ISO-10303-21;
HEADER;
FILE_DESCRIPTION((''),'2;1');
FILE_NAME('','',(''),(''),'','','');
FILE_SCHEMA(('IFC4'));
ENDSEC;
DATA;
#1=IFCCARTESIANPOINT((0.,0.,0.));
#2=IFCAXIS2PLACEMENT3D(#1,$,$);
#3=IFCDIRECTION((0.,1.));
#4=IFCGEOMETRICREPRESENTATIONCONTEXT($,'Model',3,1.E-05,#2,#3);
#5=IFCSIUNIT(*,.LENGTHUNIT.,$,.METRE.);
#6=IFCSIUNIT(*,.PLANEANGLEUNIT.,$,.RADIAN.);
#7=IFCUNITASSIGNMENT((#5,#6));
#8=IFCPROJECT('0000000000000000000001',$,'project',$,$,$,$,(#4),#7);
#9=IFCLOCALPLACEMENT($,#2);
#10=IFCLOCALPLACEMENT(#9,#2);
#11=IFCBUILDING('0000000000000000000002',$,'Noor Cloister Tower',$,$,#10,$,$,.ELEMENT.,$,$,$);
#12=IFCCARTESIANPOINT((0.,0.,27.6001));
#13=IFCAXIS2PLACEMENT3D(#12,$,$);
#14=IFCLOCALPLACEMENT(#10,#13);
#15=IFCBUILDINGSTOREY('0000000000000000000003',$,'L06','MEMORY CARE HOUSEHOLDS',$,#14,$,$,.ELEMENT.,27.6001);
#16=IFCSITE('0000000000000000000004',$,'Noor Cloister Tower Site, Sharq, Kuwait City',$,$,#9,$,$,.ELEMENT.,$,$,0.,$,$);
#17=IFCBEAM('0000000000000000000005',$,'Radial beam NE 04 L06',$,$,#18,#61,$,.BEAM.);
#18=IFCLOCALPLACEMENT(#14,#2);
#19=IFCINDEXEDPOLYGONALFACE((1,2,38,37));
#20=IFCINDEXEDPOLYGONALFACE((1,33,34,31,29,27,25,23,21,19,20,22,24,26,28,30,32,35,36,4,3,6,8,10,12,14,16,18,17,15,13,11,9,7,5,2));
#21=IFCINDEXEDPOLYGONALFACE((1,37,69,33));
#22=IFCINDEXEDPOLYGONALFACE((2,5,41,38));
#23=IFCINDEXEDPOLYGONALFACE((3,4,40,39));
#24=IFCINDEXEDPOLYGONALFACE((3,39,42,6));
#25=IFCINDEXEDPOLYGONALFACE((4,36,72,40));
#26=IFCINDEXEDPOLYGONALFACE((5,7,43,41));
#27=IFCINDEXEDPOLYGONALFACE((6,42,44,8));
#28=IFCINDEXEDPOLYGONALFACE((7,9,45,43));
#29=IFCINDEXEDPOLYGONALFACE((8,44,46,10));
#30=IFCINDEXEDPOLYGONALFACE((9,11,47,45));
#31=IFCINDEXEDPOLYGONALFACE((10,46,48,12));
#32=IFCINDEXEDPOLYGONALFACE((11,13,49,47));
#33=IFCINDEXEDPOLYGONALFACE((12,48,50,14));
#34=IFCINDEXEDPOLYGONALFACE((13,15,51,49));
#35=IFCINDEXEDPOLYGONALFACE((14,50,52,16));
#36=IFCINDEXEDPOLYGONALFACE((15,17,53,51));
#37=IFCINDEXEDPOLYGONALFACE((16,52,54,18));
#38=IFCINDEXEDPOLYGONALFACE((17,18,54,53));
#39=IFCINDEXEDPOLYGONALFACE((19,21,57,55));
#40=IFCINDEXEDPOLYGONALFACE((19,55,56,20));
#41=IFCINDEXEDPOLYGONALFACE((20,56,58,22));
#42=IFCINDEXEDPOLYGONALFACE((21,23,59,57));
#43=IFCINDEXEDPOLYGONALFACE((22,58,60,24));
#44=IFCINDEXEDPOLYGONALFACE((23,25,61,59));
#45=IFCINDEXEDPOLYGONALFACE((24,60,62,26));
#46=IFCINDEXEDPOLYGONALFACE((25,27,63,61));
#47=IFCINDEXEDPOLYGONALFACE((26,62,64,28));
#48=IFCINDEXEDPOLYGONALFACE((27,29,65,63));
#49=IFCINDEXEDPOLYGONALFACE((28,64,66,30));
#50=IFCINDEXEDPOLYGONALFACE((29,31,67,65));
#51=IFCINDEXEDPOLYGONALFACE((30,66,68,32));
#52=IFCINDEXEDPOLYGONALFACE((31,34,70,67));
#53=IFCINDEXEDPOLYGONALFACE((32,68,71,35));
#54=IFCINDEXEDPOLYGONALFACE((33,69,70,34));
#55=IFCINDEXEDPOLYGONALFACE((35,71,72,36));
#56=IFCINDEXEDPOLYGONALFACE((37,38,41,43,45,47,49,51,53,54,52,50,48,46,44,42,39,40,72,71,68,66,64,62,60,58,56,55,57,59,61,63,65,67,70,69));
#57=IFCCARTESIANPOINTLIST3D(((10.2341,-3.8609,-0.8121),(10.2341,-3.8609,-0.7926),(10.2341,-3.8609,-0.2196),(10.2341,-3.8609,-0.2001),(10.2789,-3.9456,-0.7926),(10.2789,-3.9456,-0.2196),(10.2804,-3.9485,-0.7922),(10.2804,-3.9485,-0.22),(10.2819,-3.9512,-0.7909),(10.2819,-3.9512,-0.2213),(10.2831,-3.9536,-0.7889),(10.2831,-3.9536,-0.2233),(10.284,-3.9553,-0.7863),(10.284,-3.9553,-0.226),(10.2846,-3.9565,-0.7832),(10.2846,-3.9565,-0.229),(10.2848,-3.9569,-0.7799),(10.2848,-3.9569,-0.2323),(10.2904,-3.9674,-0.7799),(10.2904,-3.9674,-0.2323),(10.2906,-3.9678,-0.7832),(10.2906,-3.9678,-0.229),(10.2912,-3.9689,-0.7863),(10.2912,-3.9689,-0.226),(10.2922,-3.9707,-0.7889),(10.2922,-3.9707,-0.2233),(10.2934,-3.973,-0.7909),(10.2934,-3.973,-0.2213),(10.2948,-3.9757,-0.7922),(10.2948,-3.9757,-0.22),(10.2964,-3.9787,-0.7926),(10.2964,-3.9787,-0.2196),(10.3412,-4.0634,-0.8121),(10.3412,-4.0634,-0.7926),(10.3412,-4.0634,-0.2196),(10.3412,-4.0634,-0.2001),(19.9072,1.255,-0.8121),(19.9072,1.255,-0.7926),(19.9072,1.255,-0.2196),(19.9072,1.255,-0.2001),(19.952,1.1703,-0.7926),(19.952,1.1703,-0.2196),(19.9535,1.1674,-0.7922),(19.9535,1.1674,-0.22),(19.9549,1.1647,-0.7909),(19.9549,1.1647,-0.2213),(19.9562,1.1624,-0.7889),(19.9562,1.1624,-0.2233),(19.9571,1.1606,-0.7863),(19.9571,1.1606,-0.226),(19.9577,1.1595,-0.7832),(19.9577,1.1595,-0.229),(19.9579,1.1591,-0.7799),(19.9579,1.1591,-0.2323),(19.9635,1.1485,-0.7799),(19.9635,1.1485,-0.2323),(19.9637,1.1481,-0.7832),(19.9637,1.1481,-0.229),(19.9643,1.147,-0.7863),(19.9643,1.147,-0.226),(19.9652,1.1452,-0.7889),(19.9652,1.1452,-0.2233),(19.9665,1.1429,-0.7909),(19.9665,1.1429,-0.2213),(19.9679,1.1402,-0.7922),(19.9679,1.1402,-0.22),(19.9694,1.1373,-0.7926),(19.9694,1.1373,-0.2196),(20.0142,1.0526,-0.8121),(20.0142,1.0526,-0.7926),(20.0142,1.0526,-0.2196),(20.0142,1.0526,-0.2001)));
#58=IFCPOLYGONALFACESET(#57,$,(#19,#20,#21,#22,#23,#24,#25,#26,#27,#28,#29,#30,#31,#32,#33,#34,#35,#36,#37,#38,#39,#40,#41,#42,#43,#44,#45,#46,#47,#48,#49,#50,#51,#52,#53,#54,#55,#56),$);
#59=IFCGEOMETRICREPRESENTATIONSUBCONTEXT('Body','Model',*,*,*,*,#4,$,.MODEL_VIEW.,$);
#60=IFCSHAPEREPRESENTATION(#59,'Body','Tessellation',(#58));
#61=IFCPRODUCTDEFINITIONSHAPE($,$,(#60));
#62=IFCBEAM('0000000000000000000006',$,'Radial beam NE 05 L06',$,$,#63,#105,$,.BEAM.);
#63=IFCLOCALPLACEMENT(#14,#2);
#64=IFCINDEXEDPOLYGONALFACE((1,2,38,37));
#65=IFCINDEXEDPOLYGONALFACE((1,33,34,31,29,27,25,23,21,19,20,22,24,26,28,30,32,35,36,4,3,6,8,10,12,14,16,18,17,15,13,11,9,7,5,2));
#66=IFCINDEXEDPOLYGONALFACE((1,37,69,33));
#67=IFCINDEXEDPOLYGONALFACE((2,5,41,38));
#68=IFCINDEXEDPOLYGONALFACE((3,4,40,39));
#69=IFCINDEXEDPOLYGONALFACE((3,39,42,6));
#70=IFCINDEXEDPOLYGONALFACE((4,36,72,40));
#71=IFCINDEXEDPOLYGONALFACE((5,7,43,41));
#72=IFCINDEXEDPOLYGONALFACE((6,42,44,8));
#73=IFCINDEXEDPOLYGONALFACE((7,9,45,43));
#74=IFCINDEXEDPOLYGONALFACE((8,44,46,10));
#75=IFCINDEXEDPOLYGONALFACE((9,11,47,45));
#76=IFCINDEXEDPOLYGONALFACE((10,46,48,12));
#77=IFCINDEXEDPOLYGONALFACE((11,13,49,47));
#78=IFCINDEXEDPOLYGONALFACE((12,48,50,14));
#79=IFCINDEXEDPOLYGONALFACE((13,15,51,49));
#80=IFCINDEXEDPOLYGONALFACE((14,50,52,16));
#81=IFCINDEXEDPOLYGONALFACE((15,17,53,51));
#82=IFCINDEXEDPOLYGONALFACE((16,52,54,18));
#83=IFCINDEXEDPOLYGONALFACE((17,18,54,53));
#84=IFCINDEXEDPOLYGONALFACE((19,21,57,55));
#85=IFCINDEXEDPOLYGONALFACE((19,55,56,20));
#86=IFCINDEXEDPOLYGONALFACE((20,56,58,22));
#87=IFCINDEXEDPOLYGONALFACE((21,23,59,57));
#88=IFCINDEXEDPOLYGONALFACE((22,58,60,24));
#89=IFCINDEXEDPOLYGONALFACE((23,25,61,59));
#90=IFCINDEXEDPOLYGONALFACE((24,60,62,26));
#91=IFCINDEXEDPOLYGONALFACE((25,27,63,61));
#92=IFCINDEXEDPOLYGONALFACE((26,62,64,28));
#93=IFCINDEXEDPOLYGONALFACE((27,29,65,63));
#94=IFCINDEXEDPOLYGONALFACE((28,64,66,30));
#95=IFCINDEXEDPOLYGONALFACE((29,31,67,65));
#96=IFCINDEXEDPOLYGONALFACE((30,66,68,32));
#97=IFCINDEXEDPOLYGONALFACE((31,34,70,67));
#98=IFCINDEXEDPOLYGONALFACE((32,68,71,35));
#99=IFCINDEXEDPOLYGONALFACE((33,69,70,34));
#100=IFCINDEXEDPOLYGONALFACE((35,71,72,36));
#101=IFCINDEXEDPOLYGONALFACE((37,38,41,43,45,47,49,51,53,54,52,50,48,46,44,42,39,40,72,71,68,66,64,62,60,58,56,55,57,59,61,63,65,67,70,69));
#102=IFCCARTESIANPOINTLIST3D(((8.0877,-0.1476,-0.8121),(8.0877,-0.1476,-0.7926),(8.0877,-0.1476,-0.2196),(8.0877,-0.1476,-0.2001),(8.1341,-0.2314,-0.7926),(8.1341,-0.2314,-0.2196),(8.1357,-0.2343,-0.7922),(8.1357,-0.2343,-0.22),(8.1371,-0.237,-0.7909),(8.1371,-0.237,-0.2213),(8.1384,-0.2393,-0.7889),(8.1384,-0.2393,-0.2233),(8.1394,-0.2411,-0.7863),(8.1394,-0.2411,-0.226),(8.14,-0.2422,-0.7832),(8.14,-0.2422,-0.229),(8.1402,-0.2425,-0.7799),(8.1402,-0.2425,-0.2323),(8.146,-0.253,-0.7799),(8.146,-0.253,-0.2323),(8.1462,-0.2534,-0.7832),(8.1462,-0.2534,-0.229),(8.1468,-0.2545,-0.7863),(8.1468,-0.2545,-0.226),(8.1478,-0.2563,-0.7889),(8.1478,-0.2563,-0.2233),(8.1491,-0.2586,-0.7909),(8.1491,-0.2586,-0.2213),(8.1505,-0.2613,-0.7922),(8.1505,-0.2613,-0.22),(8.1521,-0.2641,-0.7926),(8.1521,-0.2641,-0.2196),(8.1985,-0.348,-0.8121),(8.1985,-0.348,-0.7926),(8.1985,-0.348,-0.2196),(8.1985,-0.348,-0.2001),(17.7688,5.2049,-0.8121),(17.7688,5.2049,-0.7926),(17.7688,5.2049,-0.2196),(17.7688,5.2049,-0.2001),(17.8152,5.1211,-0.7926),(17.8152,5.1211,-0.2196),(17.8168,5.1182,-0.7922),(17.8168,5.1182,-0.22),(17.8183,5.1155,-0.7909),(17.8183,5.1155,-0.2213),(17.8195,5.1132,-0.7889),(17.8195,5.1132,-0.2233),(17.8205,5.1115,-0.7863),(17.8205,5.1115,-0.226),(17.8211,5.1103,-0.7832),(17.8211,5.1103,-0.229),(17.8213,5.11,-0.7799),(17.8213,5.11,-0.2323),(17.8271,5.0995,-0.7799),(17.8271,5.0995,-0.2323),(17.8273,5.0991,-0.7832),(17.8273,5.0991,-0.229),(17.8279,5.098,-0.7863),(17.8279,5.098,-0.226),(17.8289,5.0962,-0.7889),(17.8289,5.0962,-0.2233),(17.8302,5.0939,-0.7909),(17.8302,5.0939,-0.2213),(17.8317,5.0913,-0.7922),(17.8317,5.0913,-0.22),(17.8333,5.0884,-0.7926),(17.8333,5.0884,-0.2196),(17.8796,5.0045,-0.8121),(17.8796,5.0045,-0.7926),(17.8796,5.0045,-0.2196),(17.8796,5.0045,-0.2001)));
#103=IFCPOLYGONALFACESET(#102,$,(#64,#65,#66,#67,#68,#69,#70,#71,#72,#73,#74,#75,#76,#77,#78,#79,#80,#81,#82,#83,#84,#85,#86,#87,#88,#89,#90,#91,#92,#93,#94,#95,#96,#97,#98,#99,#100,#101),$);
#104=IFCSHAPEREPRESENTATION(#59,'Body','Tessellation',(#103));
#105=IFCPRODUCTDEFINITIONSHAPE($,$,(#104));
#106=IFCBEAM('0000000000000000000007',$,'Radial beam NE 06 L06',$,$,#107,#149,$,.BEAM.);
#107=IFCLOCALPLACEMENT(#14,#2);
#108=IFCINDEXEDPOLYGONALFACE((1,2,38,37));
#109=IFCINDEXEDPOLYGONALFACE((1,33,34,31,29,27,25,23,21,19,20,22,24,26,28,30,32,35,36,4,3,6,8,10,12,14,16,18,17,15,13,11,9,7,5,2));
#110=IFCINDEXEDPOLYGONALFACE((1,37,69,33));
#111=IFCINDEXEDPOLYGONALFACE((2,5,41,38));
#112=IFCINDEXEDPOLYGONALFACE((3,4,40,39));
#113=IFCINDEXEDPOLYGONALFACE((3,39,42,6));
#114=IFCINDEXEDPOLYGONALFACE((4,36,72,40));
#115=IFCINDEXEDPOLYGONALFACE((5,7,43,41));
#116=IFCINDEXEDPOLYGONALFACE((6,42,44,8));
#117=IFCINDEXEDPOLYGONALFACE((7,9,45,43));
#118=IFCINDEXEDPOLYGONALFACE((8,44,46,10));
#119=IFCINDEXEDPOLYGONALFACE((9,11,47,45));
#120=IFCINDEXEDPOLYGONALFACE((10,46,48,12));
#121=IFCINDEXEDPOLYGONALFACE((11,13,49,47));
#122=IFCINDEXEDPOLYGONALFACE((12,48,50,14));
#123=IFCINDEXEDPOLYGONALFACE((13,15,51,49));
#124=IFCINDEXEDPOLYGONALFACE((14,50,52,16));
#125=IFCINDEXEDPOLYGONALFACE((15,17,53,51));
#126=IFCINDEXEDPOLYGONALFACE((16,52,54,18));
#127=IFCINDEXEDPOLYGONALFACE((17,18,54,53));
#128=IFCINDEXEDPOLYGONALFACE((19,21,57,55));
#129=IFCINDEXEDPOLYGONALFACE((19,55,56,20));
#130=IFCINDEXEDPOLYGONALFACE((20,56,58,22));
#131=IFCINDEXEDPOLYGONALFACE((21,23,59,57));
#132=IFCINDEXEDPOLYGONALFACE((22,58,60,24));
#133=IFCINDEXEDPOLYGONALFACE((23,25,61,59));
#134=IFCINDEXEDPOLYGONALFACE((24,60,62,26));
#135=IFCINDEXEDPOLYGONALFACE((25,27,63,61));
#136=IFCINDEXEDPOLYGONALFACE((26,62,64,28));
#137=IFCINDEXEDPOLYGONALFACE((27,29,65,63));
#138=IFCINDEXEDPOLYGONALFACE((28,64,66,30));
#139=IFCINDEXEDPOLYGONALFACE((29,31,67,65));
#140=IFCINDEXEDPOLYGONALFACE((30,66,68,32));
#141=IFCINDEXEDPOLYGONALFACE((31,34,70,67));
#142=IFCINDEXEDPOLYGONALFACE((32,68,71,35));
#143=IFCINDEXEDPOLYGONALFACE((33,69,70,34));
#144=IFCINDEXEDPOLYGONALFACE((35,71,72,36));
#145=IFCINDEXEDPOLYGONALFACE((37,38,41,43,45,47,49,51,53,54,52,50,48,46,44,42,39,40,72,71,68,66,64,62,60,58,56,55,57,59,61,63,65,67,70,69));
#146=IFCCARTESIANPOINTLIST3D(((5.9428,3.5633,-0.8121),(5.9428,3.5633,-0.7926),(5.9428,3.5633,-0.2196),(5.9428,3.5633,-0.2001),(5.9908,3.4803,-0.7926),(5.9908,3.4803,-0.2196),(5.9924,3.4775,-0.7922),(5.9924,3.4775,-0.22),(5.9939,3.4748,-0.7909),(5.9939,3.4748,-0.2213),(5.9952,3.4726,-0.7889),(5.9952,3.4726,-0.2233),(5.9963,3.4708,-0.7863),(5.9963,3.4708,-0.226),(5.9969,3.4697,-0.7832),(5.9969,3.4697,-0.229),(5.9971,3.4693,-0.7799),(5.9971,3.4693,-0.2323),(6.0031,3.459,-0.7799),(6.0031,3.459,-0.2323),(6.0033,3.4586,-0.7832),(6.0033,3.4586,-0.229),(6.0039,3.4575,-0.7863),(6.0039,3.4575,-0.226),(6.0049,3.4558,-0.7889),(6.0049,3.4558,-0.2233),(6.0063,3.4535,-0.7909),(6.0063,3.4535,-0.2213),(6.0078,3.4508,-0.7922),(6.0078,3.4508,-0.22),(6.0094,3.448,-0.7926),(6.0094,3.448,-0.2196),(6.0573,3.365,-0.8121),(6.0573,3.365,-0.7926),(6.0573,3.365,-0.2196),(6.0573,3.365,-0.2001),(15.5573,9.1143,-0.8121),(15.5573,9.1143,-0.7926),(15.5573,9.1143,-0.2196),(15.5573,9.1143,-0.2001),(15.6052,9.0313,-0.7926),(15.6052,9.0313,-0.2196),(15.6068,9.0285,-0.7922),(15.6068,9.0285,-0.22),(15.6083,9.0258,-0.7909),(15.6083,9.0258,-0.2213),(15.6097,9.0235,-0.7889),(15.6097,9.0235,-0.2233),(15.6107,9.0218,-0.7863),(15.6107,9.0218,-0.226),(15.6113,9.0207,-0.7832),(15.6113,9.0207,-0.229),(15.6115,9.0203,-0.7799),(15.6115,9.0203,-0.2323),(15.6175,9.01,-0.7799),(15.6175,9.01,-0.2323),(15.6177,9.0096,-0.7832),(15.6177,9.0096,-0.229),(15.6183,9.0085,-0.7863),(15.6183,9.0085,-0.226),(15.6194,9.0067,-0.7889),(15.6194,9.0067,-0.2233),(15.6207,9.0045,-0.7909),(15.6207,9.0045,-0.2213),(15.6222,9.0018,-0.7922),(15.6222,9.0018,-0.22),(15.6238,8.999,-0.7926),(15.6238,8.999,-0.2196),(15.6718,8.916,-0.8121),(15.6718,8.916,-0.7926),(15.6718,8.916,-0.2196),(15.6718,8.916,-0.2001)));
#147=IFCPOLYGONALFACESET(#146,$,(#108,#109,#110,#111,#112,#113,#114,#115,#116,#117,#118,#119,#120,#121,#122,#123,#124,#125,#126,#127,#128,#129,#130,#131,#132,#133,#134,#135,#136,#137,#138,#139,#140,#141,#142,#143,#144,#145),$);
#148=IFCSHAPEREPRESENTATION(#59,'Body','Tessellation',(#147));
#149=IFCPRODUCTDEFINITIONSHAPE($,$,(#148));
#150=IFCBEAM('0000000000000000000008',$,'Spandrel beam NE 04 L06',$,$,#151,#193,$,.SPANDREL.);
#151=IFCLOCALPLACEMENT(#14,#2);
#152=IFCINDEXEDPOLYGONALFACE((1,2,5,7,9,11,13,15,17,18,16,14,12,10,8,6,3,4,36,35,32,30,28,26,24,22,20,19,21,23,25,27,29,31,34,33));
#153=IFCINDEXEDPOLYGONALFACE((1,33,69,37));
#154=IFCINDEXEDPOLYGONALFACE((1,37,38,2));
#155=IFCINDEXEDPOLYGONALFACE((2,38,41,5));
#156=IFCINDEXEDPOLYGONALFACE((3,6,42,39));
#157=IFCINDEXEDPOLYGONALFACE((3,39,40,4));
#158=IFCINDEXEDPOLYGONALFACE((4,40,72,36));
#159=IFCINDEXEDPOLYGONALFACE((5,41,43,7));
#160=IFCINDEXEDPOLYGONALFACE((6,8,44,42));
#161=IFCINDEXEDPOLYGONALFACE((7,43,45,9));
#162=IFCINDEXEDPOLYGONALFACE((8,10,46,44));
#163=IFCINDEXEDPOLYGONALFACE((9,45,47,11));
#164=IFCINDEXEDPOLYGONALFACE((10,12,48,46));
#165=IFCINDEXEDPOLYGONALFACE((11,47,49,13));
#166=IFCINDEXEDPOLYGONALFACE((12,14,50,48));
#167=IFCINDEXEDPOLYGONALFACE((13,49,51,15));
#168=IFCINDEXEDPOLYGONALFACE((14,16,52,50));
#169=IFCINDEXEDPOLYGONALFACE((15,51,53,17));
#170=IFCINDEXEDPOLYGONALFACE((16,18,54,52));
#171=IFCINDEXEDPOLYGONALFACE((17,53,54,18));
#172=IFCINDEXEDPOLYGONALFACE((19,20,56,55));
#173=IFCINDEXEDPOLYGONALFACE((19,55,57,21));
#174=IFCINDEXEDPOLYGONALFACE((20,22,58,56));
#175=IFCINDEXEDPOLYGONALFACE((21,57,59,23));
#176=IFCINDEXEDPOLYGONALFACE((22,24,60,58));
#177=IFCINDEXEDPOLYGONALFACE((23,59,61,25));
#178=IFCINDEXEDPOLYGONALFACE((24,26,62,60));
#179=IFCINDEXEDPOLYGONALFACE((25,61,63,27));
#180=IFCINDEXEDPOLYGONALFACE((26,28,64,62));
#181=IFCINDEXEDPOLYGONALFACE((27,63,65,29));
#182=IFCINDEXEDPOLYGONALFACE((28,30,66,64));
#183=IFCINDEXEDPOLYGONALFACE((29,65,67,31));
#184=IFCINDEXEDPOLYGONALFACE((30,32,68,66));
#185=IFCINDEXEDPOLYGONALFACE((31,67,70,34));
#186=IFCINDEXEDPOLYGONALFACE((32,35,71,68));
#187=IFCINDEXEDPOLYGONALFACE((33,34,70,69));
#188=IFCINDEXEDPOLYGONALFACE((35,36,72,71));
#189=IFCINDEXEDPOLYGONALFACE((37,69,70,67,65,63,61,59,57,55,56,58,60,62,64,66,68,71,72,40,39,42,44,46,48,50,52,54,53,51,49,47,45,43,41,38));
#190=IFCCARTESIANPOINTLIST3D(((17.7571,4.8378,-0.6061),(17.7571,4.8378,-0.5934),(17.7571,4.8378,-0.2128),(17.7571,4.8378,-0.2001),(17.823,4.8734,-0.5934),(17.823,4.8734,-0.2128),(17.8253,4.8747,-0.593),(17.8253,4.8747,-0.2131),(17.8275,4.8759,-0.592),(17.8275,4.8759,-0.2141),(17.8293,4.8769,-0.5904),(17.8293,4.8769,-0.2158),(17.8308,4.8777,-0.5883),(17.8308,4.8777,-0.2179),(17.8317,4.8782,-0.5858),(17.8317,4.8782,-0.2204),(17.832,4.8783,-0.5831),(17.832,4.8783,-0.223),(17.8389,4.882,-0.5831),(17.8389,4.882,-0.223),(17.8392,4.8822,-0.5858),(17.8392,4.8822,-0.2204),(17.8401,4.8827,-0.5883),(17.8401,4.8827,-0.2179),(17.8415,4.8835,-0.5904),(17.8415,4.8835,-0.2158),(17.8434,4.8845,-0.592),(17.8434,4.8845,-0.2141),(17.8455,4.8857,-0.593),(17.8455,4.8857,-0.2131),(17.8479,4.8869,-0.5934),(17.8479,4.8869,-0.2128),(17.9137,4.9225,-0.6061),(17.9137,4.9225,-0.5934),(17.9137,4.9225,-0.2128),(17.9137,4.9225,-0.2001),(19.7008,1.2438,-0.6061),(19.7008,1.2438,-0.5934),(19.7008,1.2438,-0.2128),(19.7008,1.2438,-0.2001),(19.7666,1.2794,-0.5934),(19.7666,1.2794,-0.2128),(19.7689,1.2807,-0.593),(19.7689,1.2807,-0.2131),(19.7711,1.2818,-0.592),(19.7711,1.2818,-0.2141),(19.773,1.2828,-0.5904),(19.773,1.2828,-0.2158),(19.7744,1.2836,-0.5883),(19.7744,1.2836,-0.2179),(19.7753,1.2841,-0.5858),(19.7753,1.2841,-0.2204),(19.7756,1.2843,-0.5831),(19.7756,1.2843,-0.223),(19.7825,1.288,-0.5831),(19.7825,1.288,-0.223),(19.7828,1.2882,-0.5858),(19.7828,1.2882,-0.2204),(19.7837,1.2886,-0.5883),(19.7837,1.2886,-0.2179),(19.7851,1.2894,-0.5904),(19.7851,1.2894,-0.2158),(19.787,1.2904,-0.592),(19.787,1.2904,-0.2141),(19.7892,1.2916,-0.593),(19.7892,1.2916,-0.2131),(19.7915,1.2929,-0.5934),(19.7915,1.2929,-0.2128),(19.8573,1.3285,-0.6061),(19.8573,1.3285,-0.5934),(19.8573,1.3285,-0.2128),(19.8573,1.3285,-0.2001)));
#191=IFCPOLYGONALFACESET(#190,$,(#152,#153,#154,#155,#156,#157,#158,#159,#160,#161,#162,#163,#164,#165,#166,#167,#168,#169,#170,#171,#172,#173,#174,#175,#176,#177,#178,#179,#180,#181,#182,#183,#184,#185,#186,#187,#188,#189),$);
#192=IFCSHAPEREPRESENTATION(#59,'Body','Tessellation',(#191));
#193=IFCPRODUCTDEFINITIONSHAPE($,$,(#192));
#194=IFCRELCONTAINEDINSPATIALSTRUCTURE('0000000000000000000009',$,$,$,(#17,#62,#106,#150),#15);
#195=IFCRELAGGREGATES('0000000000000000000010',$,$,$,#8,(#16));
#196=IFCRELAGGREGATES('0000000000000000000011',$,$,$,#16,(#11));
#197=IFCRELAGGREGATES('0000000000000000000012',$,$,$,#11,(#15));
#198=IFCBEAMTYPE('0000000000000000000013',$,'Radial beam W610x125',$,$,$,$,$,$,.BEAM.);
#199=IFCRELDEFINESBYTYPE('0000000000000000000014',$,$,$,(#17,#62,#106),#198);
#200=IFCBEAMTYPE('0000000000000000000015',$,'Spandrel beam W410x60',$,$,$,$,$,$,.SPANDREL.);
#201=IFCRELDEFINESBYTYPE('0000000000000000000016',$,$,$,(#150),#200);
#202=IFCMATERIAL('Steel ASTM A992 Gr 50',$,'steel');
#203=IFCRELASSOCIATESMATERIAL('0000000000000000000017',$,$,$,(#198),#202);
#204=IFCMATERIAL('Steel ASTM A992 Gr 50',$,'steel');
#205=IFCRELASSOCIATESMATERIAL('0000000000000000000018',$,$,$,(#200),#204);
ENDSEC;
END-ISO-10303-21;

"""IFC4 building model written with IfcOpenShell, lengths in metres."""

from ifc_helpers import new_model, si_unit, direction, frame, origin, origin_2d, place, context, subcontext, project, spatial, i_section, extrude, material, material_profile, profile_set, type_object, element, save


model = new_model("IFC4")

# Units and contexts
model_context = context("Model", 3, precision=1e-05, world=origin(), true_north=direction((0.0, 1.0)))
body_context = subcontext(model_context, "Body", "Model", "MODEL_VIEW")
ifc_project = project(units=[si_unit("LENGTHUNIT", "METRE"), si_unit("PLANEANGLEUNIT", "RADIAN")], contexts=[model_context])

# Site, building, storey
site_placement = place(None, origin())
site = spatial("IfcSite", under=ifc_project, at=site_placement, Name="Noor Cloister Tower Site, Sharq, Kuwait City", CompositionType="ELEMENT", RefElevation=0.0)
building_placement = place(site_placement, origin())
building = spatial("IfcBuilding", under=site, at=building_placement, Name="Noor Cloister Tower", CompositionType="ELEMENT")
storey_placement = place(building_placement, frame((0.0, 0.0, 27.6001)))
storey = spatial("IfcBuildingStorey", under=building, at=storey_placement, Name="L06", Description="MEMORY CARE HOUSEHOLDS", CompositionType="ELEMENT", Elevation=27.6001)

# Beams
ifc_material_1 = material(Name="Steel ASTM A992 Gr 50", Category="steel")
ifc_material_profile_1 = material_profile(ifc_material_1, i_section(OverallWidth=0.229, OverallDepth=0.6121, WebThickness=0.012, FlangeThickness=0.0195, FilletRadius=0.0127, at=origin_2d()), Name="W610x125")
ifc_profile_set_1 = profile_set([ifc_material_profile_1], Name="Steel ASTM A992 Gr 50")
beam_type_1 = type_object("IfcBeamType", Name="Radial beam W610x125", PredefinedType="BEAM", material=ifc_profile_set_1)
beam_1_placement = place(storey_placement, frame((19.9607, 1.1538, -0.5061), z_axis=(-0.88398, -0.467525, 0.0), x_axis=(0.467525, -0.88398, 0.0)))
element("IfcBeam", 1, at=beam_1_placement, inside=storey, type_object=beam_type_1, Name="Radial beam NE 04 L06", PredefinedType="BEAM", context=body_context, shape_type="SweptSolid", body=[
    extrude(i_section(OverallWidth=0.229, OverallDepth=0.6121, WebThickness=0.012, FlangeThickness=0.0195, FilletRadius=0.0127, at=origin_2d()), origin(), (0.0, 0.0, 1.0), 10.9426),
])
beam_2_placement = place(storey_placement, frame((17.8242, 5.1047, -0.5061), z_axis=(-0.875149, -0.483854, 0.0), x_axis=(0.483854, -0.875149, 0.0)))
element("IfcBeam", 2, at=beam_2_placement, inside=storey, type_object=beam_type_1, Name="Radial beam NE 05 L06", PredefinedType="BEAM", context=body_context, shape_type="SweptSolid", body=[
    extrude(i_section(OverallWidth=0.229, OverallDepth=0.6121, WebThickness=0.012, FlangeThickness=0.0195, FilletRadius=0.0127, at=origin_2d()), origin(), (0.0, 0.0, 1.0), 11.0623),
])
beam_3_placement = place(storey_placement, frame((15.6145, 9.0151, -0.5061), z_axis=(-0.866022, -0.500006, 0.0), x_axis=(0.500006, -0.866022, 0.0)))
element("IfcBeam", 3, at=beam_3_placement, inside=storey, type_object=beam_type_1, Name="Radial beam NE 06 L06", PredefinedType="BEAM", context=body_context, shape_type="SweptSolid", body=[
    extrude(i_section(OverallWidth=0.229, OverallDepth=0.6121, WebThickness=0.012, FlangeThickness=0.0195, FilletRadius=0.0127, at=origin_2d()), origin(), (0.0, 0.0, 1.0), 11.1018),
])
ifc_material_2 = material(Name="Steel ASTM A992 Gr 50", Category="steel")
ifc_material_profile_2 = material_profile(ifc_material_2, i_section(OverallWidth=0.178, OverallDepth=0.406, WebThickness=0.0078, FlangeThickness=0.0127, FilletRadius=0.0103, at=origin_2d()), Name="W410x60")
ifc_profile_set_2 = profile_set([ifc_material_profile_2], Name="Steel ASTM A992 Gr 50")
beam_type_2 = type_object("IfcBeamType", Name="Spandrel beam W410x60", PredefinedType="SPANDREL", material=ifc_profile_set_2)
beam_4_placement = place(storey_placement, frame((19.7791, 1.2861, -0.4031), z_axis=(-0.475688, 0.879614, 0.0), x_axis=(-0.879614, -0.475688, 0.0)))
element("IfcBeam", 4, at=beam_4_placement, inside=storey, type_object=beam_type_2, Name="Spandrel beam NE 04 L06", PredefinedType="SPANDREL", context=body_context, shape_type="SweptSolid", body=[
    extrude(i_section(OverallWidth=0.178, OverallDepth=0.406, WebThickness=0.0078, FlangeThickness=0.0127, FilletRadius=0.0103, at=origin_2d()), origin(), (0.0, 0.0, 1.0), 4.0859),
])

save(model, "model.ifc")
